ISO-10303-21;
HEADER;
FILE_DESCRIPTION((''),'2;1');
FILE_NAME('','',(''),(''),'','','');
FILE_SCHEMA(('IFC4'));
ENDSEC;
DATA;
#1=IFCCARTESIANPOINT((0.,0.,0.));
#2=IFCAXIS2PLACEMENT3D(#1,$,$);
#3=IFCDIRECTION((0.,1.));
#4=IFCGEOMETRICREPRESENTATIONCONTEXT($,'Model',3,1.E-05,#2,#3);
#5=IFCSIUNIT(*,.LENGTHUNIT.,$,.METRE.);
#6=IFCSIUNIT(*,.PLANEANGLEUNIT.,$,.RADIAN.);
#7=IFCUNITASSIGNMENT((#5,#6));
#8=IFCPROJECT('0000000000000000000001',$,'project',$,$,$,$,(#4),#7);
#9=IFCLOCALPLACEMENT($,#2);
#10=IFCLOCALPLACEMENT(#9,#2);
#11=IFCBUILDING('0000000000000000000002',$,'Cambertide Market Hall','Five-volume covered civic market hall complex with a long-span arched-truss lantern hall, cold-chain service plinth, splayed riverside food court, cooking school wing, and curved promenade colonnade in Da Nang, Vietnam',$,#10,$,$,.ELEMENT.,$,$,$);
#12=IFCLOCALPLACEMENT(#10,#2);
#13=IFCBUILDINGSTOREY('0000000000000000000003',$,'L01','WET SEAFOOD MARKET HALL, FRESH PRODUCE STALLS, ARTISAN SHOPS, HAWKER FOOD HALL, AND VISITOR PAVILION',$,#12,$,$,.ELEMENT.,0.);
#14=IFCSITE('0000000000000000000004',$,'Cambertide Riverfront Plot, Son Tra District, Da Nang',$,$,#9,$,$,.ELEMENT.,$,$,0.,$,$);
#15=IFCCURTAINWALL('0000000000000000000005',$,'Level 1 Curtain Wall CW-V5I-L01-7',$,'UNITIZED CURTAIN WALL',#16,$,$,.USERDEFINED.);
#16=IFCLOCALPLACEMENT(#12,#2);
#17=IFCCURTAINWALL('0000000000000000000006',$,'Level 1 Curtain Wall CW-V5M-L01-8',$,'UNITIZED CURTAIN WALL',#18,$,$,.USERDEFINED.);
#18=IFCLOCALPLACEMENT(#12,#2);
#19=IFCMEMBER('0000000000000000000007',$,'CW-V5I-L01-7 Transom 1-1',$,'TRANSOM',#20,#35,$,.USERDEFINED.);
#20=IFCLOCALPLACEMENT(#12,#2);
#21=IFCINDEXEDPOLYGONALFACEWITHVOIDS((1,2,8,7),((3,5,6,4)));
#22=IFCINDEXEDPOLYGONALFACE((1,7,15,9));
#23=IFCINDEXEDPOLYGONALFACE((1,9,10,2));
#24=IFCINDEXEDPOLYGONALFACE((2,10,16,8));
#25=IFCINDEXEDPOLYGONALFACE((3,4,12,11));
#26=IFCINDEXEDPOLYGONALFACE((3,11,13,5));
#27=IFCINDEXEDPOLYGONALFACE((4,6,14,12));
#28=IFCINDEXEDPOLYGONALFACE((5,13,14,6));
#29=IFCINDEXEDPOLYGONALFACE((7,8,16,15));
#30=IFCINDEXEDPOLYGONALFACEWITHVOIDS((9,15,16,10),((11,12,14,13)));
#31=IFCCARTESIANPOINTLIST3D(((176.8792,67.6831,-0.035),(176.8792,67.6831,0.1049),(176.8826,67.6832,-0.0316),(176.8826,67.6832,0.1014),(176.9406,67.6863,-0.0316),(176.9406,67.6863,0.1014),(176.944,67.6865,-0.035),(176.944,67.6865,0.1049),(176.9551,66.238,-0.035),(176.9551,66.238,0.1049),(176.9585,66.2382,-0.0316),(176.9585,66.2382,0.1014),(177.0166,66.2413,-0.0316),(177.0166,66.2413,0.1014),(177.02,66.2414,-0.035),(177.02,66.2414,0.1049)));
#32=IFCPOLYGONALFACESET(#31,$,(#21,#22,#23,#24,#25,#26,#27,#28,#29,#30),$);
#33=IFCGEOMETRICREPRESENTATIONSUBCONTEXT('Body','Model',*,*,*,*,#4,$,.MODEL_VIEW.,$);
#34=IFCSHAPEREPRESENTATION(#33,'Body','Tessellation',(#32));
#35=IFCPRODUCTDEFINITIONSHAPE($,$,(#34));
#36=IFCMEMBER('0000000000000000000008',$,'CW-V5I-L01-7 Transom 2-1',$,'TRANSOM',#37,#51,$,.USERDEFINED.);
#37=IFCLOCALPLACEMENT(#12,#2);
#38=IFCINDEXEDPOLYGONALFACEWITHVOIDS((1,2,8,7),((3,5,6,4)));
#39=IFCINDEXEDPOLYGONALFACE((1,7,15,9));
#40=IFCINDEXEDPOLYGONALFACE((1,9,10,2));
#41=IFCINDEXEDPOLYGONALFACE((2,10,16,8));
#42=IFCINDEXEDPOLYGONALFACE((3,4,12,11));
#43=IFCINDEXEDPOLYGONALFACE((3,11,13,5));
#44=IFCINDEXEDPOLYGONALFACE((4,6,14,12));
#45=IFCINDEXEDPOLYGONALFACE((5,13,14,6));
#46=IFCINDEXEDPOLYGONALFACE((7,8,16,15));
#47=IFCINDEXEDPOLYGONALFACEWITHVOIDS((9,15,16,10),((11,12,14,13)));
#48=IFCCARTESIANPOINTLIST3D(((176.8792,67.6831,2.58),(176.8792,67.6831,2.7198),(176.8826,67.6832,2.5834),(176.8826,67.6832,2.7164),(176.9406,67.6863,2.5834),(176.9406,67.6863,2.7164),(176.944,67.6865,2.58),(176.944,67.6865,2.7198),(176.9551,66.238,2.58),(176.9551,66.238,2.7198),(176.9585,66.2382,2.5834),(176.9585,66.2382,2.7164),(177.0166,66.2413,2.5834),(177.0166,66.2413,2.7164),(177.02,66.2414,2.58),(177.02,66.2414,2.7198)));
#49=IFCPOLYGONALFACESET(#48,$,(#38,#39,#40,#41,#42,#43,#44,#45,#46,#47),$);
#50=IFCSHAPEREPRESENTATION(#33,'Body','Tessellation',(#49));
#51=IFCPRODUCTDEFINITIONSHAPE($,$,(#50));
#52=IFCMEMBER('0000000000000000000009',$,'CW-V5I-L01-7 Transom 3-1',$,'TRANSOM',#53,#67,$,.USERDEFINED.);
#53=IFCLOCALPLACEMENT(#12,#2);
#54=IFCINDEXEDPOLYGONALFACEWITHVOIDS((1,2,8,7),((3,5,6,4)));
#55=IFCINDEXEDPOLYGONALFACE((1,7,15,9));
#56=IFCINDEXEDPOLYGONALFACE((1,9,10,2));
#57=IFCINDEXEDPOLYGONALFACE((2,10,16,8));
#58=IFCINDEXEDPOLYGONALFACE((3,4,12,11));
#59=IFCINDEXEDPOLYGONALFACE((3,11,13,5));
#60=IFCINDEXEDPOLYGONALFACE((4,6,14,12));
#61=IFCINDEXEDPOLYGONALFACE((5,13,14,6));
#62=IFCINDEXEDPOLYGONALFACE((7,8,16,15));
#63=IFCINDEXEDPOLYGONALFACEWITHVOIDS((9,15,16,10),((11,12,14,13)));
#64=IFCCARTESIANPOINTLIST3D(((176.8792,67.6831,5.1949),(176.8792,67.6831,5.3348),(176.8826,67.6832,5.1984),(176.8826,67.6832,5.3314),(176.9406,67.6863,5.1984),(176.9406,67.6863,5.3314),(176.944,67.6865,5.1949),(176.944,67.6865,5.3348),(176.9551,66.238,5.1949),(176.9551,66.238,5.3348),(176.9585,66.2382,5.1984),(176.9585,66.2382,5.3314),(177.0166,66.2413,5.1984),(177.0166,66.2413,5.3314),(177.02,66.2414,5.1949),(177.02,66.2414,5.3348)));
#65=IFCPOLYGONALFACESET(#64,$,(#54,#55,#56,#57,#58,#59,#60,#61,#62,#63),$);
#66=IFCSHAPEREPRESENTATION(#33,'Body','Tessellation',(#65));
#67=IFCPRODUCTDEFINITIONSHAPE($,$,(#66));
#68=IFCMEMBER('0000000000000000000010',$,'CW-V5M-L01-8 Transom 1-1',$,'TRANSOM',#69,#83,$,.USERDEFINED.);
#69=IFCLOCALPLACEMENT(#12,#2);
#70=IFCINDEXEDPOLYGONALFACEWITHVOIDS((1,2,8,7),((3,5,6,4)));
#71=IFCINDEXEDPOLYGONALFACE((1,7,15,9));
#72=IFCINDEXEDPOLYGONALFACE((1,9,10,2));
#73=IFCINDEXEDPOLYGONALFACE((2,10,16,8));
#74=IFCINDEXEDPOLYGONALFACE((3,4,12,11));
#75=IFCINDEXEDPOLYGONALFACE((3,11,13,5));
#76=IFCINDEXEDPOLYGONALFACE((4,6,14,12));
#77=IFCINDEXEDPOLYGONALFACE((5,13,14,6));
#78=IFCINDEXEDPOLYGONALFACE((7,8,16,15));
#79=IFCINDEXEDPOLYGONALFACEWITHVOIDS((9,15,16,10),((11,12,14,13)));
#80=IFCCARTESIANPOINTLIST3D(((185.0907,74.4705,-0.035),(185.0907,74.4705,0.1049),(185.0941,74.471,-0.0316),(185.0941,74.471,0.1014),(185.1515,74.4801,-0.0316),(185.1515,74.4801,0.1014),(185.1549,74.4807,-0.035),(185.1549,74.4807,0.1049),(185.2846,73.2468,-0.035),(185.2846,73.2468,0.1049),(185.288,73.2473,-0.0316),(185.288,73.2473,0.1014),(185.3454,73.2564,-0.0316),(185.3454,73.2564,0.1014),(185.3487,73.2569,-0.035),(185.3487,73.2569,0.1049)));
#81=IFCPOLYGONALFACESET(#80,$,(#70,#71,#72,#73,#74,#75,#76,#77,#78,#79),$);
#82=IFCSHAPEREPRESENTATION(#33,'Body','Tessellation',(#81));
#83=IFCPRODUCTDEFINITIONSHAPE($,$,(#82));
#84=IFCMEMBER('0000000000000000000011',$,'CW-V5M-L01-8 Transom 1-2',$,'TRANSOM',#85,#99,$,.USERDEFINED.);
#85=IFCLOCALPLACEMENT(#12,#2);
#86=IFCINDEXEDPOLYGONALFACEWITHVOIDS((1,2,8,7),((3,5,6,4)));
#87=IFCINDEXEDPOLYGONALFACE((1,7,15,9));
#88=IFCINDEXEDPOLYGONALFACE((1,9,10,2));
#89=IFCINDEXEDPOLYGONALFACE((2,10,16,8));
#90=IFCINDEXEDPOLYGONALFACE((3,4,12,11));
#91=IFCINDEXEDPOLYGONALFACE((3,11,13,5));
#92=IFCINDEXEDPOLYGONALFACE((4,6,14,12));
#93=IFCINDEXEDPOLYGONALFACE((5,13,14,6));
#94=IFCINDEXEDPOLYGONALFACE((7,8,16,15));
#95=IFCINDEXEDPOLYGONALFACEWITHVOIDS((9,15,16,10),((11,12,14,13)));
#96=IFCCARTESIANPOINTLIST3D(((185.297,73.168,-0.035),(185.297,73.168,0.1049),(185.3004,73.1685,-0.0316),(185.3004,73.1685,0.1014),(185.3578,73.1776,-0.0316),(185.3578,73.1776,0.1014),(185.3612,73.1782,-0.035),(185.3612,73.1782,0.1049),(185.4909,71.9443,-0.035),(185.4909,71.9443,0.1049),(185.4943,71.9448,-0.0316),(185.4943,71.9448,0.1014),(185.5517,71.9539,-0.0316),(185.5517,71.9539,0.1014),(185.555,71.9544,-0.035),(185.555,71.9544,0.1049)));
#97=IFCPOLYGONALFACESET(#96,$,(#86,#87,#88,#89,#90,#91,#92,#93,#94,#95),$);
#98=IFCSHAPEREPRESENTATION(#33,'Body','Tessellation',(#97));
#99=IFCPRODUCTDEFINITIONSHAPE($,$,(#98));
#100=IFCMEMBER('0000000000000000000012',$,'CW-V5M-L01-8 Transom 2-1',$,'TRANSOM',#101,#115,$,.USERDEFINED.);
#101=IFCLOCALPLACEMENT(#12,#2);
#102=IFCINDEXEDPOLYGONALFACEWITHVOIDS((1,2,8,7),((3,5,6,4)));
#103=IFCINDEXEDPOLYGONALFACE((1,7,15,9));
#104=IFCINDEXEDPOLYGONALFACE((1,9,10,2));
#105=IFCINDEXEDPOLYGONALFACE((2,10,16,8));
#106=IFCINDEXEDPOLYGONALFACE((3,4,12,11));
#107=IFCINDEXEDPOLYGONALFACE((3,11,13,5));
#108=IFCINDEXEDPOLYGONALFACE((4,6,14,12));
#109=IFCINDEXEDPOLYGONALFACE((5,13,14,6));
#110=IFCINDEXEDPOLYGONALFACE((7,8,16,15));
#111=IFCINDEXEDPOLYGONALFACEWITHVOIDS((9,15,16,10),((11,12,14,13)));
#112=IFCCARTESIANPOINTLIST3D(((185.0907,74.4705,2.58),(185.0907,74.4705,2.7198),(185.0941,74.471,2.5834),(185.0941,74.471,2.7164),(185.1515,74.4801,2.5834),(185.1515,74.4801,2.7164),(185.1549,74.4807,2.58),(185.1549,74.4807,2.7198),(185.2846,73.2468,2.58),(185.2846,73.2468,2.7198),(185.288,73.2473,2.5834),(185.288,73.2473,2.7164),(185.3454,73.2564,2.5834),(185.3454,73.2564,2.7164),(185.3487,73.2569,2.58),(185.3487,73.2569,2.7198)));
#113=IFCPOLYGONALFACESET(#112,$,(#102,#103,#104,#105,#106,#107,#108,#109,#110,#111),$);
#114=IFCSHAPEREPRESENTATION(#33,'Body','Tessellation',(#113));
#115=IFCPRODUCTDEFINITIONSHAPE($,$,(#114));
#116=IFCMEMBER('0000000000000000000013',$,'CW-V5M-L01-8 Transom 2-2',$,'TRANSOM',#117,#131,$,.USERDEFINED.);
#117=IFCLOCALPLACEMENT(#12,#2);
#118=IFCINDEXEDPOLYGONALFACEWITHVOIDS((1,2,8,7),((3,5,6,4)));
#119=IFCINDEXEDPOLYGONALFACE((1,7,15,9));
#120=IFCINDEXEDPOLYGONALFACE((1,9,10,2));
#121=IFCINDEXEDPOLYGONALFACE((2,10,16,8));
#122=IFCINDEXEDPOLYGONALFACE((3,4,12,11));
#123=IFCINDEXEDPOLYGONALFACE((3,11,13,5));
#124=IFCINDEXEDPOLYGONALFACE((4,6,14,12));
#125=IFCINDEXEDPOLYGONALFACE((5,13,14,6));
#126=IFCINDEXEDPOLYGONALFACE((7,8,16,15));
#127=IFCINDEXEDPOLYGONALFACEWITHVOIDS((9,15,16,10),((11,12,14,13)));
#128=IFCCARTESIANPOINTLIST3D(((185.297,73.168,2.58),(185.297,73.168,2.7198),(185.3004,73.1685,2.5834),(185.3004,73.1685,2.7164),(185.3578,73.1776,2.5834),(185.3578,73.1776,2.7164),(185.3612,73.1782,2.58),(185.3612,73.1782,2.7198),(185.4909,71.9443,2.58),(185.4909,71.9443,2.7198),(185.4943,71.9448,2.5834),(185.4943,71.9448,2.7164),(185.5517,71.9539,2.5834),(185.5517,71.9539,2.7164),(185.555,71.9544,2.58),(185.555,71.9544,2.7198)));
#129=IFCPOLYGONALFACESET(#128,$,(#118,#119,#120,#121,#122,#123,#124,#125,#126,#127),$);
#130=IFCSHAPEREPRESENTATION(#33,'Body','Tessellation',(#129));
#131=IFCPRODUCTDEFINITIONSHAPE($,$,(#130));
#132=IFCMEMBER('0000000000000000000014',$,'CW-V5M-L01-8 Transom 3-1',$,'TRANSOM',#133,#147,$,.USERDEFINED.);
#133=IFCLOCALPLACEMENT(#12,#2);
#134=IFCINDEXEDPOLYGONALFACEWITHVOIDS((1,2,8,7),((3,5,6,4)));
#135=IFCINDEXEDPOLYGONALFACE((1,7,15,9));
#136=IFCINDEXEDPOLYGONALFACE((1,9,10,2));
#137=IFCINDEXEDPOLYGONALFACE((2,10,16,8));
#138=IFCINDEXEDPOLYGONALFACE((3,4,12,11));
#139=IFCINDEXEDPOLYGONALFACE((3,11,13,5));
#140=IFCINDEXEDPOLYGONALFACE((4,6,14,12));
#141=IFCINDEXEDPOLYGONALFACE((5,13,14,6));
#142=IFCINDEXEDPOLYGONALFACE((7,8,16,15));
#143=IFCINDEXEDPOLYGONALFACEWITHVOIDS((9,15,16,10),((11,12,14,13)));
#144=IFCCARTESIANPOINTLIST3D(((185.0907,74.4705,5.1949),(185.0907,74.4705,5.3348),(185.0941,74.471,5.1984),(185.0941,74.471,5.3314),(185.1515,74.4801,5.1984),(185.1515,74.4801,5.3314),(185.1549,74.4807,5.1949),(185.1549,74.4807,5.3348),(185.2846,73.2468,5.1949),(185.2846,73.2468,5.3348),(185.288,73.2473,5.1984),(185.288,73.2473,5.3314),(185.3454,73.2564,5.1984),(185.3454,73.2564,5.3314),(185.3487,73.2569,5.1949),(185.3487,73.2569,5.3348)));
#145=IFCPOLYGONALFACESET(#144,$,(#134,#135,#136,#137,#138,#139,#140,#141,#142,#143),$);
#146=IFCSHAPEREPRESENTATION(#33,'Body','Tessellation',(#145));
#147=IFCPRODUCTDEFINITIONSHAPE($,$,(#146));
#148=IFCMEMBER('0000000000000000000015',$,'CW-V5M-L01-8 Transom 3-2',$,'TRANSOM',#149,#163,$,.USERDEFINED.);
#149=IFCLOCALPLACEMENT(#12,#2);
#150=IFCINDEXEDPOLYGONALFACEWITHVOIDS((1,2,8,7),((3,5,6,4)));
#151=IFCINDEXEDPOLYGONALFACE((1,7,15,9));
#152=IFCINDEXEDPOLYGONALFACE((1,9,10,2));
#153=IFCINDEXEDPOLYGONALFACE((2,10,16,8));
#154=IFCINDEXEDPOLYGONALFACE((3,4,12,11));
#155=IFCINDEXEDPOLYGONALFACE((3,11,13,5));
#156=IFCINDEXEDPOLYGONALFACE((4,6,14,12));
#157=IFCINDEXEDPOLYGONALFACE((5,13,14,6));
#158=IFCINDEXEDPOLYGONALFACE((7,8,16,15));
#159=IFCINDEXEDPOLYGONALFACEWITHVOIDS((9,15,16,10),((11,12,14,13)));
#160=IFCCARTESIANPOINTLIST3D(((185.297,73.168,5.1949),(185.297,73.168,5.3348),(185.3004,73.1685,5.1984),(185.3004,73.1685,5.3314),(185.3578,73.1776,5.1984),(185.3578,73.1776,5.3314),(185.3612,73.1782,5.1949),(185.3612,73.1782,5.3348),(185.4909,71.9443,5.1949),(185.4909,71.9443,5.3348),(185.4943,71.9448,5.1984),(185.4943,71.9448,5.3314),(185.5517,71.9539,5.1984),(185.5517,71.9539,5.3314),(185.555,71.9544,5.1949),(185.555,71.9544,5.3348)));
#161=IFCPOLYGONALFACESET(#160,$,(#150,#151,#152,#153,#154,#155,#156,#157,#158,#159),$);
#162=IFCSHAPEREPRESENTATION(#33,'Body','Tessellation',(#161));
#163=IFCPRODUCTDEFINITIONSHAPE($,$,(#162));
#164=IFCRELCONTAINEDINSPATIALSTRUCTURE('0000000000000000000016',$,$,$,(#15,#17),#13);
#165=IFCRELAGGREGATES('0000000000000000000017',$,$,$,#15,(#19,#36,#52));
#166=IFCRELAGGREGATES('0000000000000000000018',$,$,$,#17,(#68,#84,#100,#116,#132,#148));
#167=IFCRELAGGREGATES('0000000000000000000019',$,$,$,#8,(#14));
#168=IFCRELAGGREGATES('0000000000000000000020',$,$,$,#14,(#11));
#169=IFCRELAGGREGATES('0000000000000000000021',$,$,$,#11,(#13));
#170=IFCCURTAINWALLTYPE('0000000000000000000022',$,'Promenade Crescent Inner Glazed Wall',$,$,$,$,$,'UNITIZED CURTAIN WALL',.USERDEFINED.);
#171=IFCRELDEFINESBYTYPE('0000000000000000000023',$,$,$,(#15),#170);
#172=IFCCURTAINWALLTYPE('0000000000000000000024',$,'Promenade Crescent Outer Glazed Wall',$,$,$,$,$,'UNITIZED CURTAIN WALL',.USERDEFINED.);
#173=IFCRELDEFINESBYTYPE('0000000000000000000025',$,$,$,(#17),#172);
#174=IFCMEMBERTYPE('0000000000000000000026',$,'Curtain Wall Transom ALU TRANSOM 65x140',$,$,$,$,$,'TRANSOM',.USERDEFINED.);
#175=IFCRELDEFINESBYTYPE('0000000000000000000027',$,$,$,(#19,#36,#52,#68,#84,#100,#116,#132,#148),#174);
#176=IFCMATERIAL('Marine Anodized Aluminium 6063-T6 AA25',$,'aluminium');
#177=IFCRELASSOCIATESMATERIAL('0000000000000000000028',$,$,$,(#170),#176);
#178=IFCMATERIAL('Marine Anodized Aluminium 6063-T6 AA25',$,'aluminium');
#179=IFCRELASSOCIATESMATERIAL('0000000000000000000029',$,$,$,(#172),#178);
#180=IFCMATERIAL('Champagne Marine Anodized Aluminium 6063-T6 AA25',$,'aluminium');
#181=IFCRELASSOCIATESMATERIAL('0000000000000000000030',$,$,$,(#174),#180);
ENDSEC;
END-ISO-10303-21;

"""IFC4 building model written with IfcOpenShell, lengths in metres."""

from ifc_helpers import new_model, si_unit, direction, frame, origin, origin_2d, place, context, subcontext, project, spatial, hollow_rectangle, extrude, material, material_profile, profile_set, type_object, element, aggregate, save


model = new_model("IFC4")

# Units and contexts
model_context = context("Model", 3, precision=1e-05, world=origin(), true_north=direction((0.0, 1.0)))
body_context = subcontext(model_context, "Body", "Model", "MODEL_VIEW")
ifc_project = project(units=[si_unit("LENGTHUNIT", "METRE"), si_unit("PLANEANGLEUNIT", "RADIAN")], contexts=[model_context])

# Site, building, storey
site_placement = place(None, origin())
site = spatial("IfcSite", under=ifc_project, at=site_placement, Name="Cambertide Riverfront Plot, Son Tra District, Da Nang", CompositionType="ELEMENT", RefElevation=0.0)
building_placement = place(site_placement, origin())
building = spatial("IfcBuilding", under=site, at=building_placement, Name="Cambertide Market Hall", Description="Five-volume covered civic market hall complex with a long-span arched-truss lantern hall, cold-chain service plinth, splayed riverside food court, cooking school wing, and curved promenade colonnade in Da Nang, Vietnam", CompositionType="ELEMENT")
storey_placement = place(building_placement, origin())
storey = spatial("IfcBuildingStorey", under=building, at=storey_placement, Name="L01", Description="WET SEAFOOD MARKET HALL, FRESH PRODUCE STALLS, ARTISAN SHOPS, HAWKER FOOD HALL, AND VISITOR PAVILION", CompositionType="ELEMENT", Elevation=0.0)

# Curtain wall
ifc_material_1 = material(Name="Marine Anodized Aluminium 6063-T6 AA25", Category="aluminium")
curtain_wall_type_1 = type_object("IfcCurtainWallType", Name="Promenade Crescent Inner Glazed Wall", ElementType="UNITIZED CURTAIN WALL", PredefinedType="USERDEFINED", material=ifc_material_1)
curtain_wall_1_placement = place(storey_placement, origin())
curtain_wall_1 = element("IfcCurtainWall", 1, at=curtain_wall_1_placement, inside=storey, type_object=curtain_wall_type_1, Name="Level 1 Curtain Wall CW-V5I-L01-7", ObjectType="UNITIZED CURTAIN WALL", PredefinedType="USERDEFINED")

# Curtain wall
ifc_material_2 = material(Name="Marine Anodized Aluminium 6063-T6 AA25", Category="aluminium")
curtain_wall_type_2 = type_object("IfcCurtainWallType", Name="Promenade Crescent Outer Glazed Wall", ElementType="UNITIZED CURTAIN WALL", PredefinedType="USERDEFINED", material=ifc_material_2)
curtain_wall_2_placement = place(storey_placement, origin())
curtain_wall_2 = element("IfcCurtainWall", 2, at=curtain_wall_2_placement, inside=storey, type_object=curtain_wall_type_2, Name="Level 1 Curtain Wall CW-V5M-L01-8", ObjectType="UNITIZED CURTAIN WALL", PredefinedType="USERDEFINED")

# Members
ifc_material_3 = material(Name="Champagne Marine Anodized Aluminium 6063-T6 AA25", Category="aluminium")
ifc_material_profile_1 = material_profile(ifc_material_3, hollow_rectangle(XDim=0.0649, YDim=0.1399, WallThickness=0.0034, at=origin_2d()), Name="ALU TRANSOM 65x140")
ifc_profile_set_1 = profile_set([ifc_material_profile_1], Name="Champagne Marine Anodized Aluminium 6063-T6 AA25")
member_type_1 = type_object("IfcMemberType", Name="Curtain Wall Transom ALU TRANSOM 65x140", ElementType="TRANSOM", PredefinedType="USERDEFINED", material=ifc_profile_set_1)
member_1_placement = place(storey_placement, frame((176.9875, 66.2397, 0.0349), z_axis=(-0.05247, 0.998622, 0.0), x_axis=(-0.998622, -0.05247, 0.0)))
member_1 = element("IfcMember", 3, at=member_1_placement, type_object=member_type_1, Name="CW-V5I-L01-7 Transom 1-1", ObjectType="TRANSOM", PredefinedType="USERDEFINED", context=body_context, shape_type="SweptSolid", body=[
    extrude(hollow_rectangle(XDim=0.0649, YDim=0.1399, WallThickness=0.0034, at=origin_2d()), origin(), (0.0, 0.0, 1.0), 1.447),
])
member_2_placement = place(storey_placement, frame((176.9875, 66.2397, 2.6499), z_axis=(-0.05247, 0.998622, 0.0), x_axis=(-0.998622, -0.05247, 0.0)))
member_2 = element("IfcMember", 4, at=member_2_placement, type_object=member_type_1, Name="CW-V5I-L01-7 Transom 2-1", ObjectType="TRANSOM", PredefinedType="USERDEFINED", context=body_context, shape_type="SweptSolid", body=[
    extrude(hollow_rectangle(XDim=0.0649, YDim=0.1399, WallThickness=0.0034, at=origin_2d()), origin(), (0.0, 0.0, 1.0), 1.447),
])
member_3_placement = place(storey_placement, frame((176.9875, 66.2397, 5.2649), z_axis=(-0.05247, 0.998622, 0.0), x_axis=(-0.998622, -0.05247, 0.0)))
member_3 = element("IfcMember", 5, at=member_3_placement, type_object=member_type_1, Name="CW-V5I-L01-7 Transom 3-1", ObjectType="TRANSOM", PredefinedType="USERDEFINED", context=body_context, shape_type="SweptSolid", body=[
    extrude(hollow_rectangle(XDim=0.0649, YDim=0.1399, WallThickness=0.0034, at=origin_2d()), origin(), (0.0, 0.0, 1.0), 1.447),
])
member_4_placement = place(storey_placement, frame((185.1228, 74.4756, 0.0349), z_axis=(0.156469, -0.987683, 0.0), x_axis=(0.987683, 0.156469, 0.0)))
member_4 = element("IfcMember", 6, at=member_4_placement, type_object=member_type_1, Name="CW-V5M-L01-8 Transom 1-1", ObjectType="TRANSOM", PredefinedType="USERDEFINED", context=body_context, shape_type="SweptSolid", body=[
    extrude(hollow_rectangle(XDim=0.0649, YDim=0.1399, WallThickness=0.0034, at=origin_2d()), origin(), (0.0, 0.0, 1.0), 1.239),
])
member_5_placement = place(storey_placement, frame((185.3291, 73.1731, 0.0349), z_axis=(0.156469, -0.987683, 0.0), x_axis=(0.987683, 0.156469, 0.0)))
member_5 = element("IfcMember", 7, at=member_5_placement, type_object=member_type_1, Name="CW-V5M-L01-8 Transom 1-2", ObjectType="TRANSOM", PredefinedType="USERDEFINED", context=body_context, shape_type="SweptSolid", body=[
    extrude(hollow_rectangle(XDim=0.0649, YDim=0.1399, WallThickness=0.0034, at=origin_2d()), origin(), (0.0, 0.0, 1.0), 1.239),
])
member_6_placement = place(storey_placement, frame((185.1228, 74.4756, 2.6499), z_axis=(0.156469, -0.987683, 0.0), x_axis=(0.987683, 0.156469, 0.0)))
member_6 = element("IfcMember", 8, at=member_6_placement, type_object=member_type_1, Name="CW-V5M-L01-8 Transom 2-1", ObjectType="TRANSOM", PredefinedType="USERDEFINED", context=body_context, shape_type="SweptSolid", body=[
    extrude(hollow_rectangle(XDim=0.0649, YDim=0.1399, WallThickness=0.0034, at=origin_2d()), origin(), (0.0, 0.0, 1.0), 1.239),
])
member_7_placement = place(storey_placement, frame((185.3291, 73.1731, 2.6499), z_axis=(0.156469, -0.987683, 0.0), x_axis=(0.987683, 0.156469, 0.0)))
member_7 = element("IfcMember", 9, at=member_7_placement, type_object=member_type_1, Name="CW-V5M-L01-8 Transom 2-2", ObjectType="TRANSOM", PredefinedType="USERDEFINED", context=body_context, shape_type="SweptSolid", body=[
    extrude(hollow_rectangle(XDim=0.0649, YDim=0.1399, WallThickness=0.0034, at=origin_2d()), origin(), (0.0, 0.0, 1.0), 1.239),
])
member_8_placement = place(storey_placement, frame((185.1228, 74.4756, 5.2649), z_axis=(0.156469, -0.987683, 0.0), x_axis=(0.987683, 0.156469, 0.0)))
member_8 = element("IfcMember", 10, at=member_8_placement, type_object=member_type_1, Name="CW-V5M-L01-8 Transom 3-1", ObjectType="TRANSOM", PredefinedType="USERDEFINED", context=body_context, shape_type="SweptSolid", body=[
    extrude(hollow_rectangle(XDim=0.0649, YDim=0.1399, WallThickness=0.0034, at=origin_2d()), origin(), (0.0, 0.0, 1.0), 1.239),
])
member_9_placement = place(storey_placement, frame((185.3291, 73.1731, 5.2649), z_axis=(0.156469, -0.987683, 0.0), x_axis=(0.987683, 0.156469, 0.0)))
member_9 = element("IfcMember", 11, at=member_9_placement, type_object=member_type_1, Name="CW-V5M-L01-8 Transom 3-2", ObjectType="TRANSOM", PredefinedType="USERDEFINED", context=body_context, shape_type="SweptSolid", body=[
    extrude(hollow_rectangle(XDim=0.0649, YDim=0.1399, WallThickness=0.0034, at=origin_2d()), origin(), (0.0, 0.0, 1.0), 1.239),
])

aggregate(curtain_wall_1, [member_1, member_2, member_3])
aggregate(curtain_wall_2, [member_4, member_5, member_6, member_7, member_8, member_9])

save(model, "model.ifc")
